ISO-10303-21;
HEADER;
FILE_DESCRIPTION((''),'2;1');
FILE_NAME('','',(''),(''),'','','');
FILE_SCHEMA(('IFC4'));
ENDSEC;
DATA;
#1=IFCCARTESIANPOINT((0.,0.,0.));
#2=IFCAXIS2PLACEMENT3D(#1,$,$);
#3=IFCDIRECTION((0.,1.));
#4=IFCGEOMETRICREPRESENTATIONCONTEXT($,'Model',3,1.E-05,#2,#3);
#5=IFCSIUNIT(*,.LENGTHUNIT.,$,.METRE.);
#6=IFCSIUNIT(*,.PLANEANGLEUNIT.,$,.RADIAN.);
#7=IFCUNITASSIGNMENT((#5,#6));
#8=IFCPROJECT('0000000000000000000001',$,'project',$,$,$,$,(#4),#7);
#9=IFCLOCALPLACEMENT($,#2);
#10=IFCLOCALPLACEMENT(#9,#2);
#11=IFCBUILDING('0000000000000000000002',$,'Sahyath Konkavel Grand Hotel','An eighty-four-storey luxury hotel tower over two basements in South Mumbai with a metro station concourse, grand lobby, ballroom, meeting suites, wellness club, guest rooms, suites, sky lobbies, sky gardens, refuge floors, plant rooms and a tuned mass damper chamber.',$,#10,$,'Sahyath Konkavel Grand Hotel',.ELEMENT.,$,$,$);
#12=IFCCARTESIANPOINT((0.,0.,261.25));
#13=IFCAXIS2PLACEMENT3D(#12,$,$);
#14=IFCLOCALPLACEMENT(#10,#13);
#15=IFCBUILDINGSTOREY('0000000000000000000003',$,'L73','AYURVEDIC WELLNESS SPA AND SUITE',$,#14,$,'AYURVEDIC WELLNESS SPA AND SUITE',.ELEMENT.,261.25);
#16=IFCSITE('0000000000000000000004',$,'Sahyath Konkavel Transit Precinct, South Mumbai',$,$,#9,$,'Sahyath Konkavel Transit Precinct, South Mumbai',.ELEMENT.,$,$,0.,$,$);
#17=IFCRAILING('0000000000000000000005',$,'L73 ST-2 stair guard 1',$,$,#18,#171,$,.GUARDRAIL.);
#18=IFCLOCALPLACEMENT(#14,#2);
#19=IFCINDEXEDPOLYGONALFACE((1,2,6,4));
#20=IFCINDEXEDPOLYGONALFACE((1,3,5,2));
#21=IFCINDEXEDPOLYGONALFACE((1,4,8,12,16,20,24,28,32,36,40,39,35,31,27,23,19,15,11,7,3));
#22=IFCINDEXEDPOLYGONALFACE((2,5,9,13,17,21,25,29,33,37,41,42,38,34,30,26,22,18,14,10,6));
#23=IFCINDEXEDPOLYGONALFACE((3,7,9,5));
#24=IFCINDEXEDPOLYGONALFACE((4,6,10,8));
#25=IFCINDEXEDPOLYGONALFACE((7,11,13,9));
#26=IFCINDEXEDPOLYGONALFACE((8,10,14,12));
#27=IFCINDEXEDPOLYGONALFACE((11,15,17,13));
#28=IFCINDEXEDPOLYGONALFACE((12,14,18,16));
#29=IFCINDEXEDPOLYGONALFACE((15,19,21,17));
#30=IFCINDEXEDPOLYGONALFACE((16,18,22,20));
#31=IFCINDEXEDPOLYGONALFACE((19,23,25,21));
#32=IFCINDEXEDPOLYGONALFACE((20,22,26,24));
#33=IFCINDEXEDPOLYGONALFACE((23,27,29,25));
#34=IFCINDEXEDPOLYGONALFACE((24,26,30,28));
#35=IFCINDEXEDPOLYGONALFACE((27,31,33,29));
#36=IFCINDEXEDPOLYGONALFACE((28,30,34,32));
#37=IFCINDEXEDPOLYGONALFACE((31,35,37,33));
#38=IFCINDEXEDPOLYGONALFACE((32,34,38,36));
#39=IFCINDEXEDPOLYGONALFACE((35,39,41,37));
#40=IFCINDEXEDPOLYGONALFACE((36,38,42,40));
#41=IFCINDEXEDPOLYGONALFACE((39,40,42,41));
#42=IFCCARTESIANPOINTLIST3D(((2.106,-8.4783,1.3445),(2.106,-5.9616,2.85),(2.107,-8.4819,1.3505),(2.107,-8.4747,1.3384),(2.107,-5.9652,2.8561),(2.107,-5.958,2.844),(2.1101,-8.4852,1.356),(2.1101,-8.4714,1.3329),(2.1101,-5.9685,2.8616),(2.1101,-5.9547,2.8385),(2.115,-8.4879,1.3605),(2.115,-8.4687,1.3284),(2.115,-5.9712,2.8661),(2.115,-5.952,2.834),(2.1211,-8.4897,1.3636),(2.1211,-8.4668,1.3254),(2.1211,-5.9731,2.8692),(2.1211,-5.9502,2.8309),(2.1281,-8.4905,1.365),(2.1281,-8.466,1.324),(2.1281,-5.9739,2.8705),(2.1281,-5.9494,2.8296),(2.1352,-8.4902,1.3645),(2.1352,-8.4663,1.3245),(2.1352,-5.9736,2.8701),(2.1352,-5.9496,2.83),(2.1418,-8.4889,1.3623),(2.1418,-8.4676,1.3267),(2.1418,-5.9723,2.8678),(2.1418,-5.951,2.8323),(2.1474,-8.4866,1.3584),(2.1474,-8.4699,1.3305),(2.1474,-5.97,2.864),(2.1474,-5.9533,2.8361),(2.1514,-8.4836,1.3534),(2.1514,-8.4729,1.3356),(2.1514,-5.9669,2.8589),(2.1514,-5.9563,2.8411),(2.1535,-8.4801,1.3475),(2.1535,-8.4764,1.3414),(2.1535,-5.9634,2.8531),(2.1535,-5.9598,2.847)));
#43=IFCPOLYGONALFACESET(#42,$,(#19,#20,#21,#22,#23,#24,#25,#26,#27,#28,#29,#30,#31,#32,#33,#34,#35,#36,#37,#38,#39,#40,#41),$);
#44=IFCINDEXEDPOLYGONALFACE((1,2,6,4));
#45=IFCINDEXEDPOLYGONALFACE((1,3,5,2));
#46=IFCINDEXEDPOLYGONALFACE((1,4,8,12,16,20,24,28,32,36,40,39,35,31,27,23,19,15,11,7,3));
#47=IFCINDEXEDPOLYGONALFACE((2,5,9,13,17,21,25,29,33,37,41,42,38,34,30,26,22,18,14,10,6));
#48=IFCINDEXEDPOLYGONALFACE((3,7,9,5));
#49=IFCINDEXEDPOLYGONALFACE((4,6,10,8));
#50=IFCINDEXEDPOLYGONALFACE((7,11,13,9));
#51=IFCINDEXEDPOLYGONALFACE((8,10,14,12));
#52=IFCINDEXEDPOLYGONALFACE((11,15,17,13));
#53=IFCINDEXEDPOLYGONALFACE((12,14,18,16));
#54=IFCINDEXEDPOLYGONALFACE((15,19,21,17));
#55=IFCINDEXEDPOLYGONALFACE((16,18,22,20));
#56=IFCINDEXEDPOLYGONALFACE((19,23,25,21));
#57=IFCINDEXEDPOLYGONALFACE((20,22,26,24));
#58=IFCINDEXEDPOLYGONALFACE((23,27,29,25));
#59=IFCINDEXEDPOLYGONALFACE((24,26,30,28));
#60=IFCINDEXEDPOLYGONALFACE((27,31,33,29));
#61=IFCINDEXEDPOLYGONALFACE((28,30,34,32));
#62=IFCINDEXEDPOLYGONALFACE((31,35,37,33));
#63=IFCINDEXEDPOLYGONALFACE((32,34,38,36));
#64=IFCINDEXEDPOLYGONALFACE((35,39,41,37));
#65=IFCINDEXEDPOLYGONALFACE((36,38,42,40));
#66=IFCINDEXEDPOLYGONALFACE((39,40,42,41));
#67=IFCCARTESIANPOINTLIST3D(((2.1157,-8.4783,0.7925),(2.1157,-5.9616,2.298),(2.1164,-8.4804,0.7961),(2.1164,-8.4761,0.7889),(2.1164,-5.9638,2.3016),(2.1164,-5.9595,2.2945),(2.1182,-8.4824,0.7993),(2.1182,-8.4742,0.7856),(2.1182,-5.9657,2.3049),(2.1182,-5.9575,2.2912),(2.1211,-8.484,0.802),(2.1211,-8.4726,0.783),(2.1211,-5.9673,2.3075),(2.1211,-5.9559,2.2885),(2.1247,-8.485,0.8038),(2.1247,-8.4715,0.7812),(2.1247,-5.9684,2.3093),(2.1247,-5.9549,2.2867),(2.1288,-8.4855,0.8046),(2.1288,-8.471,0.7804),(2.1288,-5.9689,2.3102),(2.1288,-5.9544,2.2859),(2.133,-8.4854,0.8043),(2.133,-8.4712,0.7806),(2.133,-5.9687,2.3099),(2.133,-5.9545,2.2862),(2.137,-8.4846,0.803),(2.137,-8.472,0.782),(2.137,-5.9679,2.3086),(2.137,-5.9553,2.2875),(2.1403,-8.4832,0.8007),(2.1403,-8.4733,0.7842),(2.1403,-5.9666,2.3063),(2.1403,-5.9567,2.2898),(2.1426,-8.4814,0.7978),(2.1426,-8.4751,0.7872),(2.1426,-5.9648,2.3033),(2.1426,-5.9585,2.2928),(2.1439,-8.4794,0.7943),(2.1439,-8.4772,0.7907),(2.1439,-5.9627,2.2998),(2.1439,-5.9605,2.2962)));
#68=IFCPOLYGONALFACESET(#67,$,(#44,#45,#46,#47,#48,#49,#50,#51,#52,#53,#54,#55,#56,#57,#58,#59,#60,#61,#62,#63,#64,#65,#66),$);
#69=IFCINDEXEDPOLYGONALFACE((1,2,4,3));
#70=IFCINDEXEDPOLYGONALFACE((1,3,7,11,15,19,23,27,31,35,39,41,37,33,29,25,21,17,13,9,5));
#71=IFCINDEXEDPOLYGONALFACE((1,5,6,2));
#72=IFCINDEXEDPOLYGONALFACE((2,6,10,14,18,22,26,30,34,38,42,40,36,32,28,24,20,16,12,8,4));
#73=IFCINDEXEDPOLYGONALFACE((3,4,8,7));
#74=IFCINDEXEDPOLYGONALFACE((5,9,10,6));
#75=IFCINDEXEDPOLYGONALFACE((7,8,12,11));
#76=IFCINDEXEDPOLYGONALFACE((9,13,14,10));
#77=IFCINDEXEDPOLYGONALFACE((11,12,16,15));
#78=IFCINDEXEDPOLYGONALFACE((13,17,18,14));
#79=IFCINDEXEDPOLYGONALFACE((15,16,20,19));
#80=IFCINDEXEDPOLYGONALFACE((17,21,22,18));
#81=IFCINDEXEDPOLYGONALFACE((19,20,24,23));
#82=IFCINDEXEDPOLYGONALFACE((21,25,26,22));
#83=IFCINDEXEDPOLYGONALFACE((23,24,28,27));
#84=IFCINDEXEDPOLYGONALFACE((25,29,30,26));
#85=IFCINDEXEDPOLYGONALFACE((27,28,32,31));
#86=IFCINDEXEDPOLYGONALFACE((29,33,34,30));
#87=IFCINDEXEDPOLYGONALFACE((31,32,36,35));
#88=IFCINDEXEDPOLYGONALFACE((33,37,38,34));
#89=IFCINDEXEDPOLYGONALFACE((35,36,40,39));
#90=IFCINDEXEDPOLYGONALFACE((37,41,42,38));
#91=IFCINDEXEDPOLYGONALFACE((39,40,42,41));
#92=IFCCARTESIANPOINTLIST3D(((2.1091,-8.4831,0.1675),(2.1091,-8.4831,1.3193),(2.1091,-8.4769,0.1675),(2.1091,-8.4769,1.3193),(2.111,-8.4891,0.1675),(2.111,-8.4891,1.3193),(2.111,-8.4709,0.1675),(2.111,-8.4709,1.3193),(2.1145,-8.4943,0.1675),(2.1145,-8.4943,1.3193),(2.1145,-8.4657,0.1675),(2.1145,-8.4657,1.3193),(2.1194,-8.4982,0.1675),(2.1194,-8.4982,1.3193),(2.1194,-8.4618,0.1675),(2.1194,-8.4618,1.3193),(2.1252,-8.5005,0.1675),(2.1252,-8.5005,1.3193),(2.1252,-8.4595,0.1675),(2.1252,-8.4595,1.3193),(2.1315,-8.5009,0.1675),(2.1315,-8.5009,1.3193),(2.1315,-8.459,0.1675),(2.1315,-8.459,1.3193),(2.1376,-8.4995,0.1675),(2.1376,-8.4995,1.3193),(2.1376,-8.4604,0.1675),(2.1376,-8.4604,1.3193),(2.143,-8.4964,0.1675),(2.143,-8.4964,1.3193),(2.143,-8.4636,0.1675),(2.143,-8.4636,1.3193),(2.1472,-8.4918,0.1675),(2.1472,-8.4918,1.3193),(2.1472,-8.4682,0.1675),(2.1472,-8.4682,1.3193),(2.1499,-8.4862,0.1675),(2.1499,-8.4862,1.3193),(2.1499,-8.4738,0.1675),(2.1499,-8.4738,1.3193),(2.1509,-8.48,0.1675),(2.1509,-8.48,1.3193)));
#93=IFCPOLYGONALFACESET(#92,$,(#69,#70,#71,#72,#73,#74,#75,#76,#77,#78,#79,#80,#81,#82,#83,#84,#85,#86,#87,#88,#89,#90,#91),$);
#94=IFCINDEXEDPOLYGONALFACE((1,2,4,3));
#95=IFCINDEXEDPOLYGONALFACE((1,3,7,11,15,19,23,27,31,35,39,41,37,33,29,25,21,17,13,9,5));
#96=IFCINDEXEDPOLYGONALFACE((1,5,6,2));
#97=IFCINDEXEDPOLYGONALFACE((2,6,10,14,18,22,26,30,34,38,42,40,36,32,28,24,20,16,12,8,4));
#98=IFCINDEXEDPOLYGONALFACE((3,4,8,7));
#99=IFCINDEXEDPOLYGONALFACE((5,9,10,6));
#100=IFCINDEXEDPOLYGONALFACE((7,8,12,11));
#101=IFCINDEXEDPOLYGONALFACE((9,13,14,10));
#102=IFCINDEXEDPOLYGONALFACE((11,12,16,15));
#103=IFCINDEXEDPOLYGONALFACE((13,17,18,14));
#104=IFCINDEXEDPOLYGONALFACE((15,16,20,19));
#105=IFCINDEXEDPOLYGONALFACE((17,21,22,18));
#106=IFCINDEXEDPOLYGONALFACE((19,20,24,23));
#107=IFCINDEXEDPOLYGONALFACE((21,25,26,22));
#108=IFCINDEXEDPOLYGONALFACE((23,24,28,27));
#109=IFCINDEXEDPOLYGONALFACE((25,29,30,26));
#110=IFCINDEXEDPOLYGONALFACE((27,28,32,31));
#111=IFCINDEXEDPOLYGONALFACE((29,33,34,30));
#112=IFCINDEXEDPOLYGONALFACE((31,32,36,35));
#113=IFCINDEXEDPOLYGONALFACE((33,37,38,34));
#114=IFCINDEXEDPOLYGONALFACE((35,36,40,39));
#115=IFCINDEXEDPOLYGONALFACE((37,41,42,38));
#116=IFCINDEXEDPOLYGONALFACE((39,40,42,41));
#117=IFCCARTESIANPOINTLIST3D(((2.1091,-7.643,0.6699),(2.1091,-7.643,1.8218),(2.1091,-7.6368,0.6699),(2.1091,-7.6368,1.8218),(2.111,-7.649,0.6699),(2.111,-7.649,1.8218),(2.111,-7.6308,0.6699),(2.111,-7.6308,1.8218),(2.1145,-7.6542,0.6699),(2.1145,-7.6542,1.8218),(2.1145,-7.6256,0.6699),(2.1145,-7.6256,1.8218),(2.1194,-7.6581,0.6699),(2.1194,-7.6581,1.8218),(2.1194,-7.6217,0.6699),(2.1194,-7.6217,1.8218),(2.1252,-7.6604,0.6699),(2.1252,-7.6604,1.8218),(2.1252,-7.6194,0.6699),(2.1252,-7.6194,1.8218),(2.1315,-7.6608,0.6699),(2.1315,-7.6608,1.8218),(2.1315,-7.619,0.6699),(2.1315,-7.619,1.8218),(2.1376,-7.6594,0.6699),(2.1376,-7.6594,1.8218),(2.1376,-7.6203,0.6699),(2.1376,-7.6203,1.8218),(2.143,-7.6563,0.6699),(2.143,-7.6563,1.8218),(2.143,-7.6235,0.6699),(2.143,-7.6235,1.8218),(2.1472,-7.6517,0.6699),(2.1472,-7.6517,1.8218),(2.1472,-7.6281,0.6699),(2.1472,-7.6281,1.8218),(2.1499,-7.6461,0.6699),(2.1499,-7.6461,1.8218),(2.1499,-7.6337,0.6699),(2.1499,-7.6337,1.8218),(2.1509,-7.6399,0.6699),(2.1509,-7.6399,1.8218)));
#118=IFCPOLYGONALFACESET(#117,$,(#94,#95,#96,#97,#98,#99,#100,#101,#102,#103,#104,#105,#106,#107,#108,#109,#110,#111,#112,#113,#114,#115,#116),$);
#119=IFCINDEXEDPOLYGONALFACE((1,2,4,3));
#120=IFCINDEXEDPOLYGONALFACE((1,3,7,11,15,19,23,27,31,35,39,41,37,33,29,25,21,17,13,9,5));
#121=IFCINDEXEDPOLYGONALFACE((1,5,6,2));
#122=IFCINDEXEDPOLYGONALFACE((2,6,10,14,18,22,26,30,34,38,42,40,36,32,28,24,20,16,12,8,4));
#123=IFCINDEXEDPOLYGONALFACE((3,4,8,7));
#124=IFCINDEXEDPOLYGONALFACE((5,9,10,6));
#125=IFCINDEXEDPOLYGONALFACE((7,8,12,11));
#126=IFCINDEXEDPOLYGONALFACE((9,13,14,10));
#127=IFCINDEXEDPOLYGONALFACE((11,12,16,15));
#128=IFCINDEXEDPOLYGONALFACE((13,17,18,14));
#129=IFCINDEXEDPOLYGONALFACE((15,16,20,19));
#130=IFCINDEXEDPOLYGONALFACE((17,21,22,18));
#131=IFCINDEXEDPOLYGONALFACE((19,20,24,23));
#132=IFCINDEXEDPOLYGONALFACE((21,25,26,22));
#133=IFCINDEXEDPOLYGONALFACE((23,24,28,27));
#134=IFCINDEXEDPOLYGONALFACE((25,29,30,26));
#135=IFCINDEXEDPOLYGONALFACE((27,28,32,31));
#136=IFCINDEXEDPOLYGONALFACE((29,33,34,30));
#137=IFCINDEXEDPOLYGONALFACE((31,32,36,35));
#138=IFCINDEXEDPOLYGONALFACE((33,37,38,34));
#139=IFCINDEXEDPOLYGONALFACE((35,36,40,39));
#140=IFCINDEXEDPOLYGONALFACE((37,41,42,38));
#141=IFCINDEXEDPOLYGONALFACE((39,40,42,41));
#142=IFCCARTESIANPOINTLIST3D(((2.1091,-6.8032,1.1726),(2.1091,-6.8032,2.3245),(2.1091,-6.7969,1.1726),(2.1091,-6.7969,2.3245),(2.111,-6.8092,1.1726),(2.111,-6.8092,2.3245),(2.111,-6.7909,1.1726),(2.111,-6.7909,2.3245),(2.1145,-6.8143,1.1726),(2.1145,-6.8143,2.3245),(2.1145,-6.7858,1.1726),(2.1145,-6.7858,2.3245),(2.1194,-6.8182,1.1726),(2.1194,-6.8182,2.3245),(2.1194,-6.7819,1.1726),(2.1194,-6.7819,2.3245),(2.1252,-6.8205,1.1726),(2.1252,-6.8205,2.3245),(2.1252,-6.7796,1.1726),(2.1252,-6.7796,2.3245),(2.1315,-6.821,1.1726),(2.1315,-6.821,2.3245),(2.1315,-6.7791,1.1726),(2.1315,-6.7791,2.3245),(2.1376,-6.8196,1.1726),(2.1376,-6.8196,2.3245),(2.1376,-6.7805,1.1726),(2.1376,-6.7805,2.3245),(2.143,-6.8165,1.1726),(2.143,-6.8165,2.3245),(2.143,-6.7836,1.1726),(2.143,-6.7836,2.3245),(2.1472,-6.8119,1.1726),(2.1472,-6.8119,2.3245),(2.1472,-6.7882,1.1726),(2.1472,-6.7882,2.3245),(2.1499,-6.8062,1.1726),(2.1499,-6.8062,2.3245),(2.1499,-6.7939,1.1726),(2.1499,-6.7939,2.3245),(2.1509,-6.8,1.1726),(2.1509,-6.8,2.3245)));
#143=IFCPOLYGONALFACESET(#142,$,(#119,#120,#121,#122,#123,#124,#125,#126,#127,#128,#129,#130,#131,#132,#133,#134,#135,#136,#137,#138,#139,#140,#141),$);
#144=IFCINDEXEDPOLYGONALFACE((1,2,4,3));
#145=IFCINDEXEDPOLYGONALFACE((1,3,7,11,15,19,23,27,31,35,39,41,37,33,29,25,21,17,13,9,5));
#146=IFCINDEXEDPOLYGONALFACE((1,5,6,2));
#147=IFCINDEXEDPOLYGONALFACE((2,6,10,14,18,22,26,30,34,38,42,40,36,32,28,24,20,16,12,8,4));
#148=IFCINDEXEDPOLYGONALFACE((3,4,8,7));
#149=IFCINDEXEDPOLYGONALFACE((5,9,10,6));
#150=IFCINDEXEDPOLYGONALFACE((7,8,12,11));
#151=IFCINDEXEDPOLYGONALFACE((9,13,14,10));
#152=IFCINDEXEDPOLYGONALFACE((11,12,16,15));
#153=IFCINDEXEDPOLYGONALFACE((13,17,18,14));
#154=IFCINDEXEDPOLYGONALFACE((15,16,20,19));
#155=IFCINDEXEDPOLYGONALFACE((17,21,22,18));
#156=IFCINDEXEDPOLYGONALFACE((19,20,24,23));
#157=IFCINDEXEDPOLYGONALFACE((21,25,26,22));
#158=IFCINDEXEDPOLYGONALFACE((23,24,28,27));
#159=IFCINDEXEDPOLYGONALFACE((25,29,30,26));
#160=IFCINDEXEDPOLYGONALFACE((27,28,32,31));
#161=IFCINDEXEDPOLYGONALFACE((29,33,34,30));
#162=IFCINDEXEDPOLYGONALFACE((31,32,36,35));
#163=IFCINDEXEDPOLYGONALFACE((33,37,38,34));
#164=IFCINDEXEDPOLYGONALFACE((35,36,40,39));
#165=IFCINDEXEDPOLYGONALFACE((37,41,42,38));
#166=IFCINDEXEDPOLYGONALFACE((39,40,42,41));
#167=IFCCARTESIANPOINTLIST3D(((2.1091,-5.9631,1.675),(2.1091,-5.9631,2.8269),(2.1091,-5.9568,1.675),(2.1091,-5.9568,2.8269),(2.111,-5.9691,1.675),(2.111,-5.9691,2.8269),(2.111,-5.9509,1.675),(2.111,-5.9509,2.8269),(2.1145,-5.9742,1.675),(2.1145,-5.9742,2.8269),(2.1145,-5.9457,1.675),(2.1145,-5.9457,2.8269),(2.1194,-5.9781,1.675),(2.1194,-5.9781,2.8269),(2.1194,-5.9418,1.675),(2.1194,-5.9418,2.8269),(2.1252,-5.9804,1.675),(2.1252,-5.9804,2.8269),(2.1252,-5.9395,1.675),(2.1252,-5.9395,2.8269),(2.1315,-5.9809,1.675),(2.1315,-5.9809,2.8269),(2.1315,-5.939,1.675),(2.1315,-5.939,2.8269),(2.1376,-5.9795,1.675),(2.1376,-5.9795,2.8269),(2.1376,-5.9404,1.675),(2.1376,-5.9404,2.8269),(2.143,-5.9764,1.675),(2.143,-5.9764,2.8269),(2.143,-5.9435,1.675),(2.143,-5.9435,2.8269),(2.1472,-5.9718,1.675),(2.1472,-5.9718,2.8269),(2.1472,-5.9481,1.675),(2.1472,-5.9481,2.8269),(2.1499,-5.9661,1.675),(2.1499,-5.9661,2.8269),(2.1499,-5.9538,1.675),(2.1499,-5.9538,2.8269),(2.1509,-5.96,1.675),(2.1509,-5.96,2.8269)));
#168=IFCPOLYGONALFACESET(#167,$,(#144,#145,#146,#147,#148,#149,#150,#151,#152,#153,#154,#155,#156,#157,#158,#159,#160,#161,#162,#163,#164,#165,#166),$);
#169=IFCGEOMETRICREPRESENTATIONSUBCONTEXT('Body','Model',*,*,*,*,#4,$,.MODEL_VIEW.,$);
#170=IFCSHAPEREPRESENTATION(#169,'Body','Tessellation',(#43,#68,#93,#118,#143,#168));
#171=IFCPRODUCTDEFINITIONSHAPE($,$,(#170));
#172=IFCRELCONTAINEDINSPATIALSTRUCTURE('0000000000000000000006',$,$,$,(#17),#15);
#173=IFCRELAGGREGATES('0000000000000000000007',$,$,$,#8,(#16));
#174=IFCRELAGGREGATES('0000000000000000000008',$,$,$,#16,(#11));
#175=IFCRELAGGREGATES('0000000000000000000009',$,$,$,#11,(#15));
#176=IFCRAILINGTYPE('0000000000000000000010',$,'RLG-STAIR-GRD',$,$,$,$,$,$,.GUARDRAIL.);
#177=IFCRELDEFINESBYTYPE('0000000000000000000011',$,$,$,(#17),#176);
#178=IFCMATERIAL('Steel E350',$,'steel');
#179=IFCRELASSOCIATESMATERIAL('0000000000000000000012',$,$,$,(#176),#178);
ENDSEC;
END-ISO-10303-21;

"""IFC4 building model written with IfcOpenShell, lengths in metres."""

from ifc_helpers import new_model, si_unit, direction, frame, origin, origin_2d, place, context, subcontext, project, spatial, circle, extrude, material, type_object, element, save


model = new_model("IFC4")

# Units and contexts
model_context = context("Model", 3, precision=1e-05, world=origin(), true_north=direction((0.0, 1.0)))
body_context = subcontext(model_context, "Body", "Model", "MODEL_VIEW")
ifc_project = project(units=[si_unit("LENGTHUNIT", "METRE"), si_unit("PLANEANGLEUNIT", "RADIAN")], contexts=[model_context])

# Site, building, storey
site_placement = place(None, origin())
site = spatial("IfcSite", under=ifc_project, at=site_placement, Name="Sahyath Konkavel Transit Precinct, South Mumbai", LongName="Sahyath Konkavel Transit Precinct, South Mumbai", CompositionType="ELEMENT", RefElevation=0.0)
building_placement = place(site_placement, origin())
building = spatial("IfcBuilding", under=site, at=building_placement, Name="Sahyath Konkavel Grand Hotel", Description="An eighty-four-storey luxury hotel tower over two basements in South Mumbai with a metro station concourse, grand lobby, ballroom, meeting suites, wellness club, guest rooms, suites, sky lobbies, sky gardens, refuge floors, plant rooms and a tuned mass damper chamber.", LongName="Sahyath Konkavel Grand Hotel", CompositionType="ELEMENT")
storey_placement = place(building_placement, frame((0.0, 0.0, 261.25)))
storey = spatial("IfcBuildingStorey", under=building, at=storey_placement, Name="L73", Description="AYURVEDIC WELLNESS SPA AND SUITE", LongName="AYURVEDIC WELLNESS SPA AND SUITE", CompositionType="ELEMENT", Elevation=261.25)

# Shared definitions
ifc_material_1 = material(Name="Steel E350", Category="steel")

# Railing
railing_type_1 = type_object("IfcRailingType", Name="RLG-STAIR-GRD", PredefinedType="GUARDRAIL", material=ifc_material_1)
railing_1_placement = place(storey_placement, frame((2.1299, -8.48, 0.1675)))
element("IfcRailing", 1, at=railing_1_placement, inside=storey, type_object=railing_type_1, Name="L73 ST-2 stair guard 1", PredefinedType="GUARDRAIL", context=body_context, shape_type="SweptSolid", body=[
    extrude(circle(Radius=0.0239, at=origin_2d()), frame((0.0, 0.0017, 1.177), z_axis=(0.0, 0.85816, 0.513383), x_axis=(-1.0, 0.0, 0.0)), (0.0, 0.0, 1.0), 2.9326),
    extrude(circle(Radius=0.0142, at=origin_2d()), frame((0.0, 0.0017, 0.625), z_axis=(0.0, 0.85816, 0.513383), x_axis=(-1.0, 0.0, 0.0)), (0.0, 0.0, 1.0), 2.9326),
    extrude(circle(Radius=0.021, at=origin_2d()), origin(), (0.0, 0.0, 1.0), 1.1519),
    extrude(circle(Radius=0.021, at=origin_2d()), frame((0.0, 0.8401, 0.5024)), (0.0, 0.0, 1.0), 1.1519),
    extrude(circle(Radius=0.021, at=origin_2d()), frame((0.0, 1.6799, 1.0051)), (0.0, 0.0, 1.0), 1.1519),
    extrude(circle(Radius=0.021, at=origin_2d()), frame((0.0, 2.52, 1.5076)), (0.0, 0.0, 1.0), 1.1519),
])

save(model, "model.ifc")
